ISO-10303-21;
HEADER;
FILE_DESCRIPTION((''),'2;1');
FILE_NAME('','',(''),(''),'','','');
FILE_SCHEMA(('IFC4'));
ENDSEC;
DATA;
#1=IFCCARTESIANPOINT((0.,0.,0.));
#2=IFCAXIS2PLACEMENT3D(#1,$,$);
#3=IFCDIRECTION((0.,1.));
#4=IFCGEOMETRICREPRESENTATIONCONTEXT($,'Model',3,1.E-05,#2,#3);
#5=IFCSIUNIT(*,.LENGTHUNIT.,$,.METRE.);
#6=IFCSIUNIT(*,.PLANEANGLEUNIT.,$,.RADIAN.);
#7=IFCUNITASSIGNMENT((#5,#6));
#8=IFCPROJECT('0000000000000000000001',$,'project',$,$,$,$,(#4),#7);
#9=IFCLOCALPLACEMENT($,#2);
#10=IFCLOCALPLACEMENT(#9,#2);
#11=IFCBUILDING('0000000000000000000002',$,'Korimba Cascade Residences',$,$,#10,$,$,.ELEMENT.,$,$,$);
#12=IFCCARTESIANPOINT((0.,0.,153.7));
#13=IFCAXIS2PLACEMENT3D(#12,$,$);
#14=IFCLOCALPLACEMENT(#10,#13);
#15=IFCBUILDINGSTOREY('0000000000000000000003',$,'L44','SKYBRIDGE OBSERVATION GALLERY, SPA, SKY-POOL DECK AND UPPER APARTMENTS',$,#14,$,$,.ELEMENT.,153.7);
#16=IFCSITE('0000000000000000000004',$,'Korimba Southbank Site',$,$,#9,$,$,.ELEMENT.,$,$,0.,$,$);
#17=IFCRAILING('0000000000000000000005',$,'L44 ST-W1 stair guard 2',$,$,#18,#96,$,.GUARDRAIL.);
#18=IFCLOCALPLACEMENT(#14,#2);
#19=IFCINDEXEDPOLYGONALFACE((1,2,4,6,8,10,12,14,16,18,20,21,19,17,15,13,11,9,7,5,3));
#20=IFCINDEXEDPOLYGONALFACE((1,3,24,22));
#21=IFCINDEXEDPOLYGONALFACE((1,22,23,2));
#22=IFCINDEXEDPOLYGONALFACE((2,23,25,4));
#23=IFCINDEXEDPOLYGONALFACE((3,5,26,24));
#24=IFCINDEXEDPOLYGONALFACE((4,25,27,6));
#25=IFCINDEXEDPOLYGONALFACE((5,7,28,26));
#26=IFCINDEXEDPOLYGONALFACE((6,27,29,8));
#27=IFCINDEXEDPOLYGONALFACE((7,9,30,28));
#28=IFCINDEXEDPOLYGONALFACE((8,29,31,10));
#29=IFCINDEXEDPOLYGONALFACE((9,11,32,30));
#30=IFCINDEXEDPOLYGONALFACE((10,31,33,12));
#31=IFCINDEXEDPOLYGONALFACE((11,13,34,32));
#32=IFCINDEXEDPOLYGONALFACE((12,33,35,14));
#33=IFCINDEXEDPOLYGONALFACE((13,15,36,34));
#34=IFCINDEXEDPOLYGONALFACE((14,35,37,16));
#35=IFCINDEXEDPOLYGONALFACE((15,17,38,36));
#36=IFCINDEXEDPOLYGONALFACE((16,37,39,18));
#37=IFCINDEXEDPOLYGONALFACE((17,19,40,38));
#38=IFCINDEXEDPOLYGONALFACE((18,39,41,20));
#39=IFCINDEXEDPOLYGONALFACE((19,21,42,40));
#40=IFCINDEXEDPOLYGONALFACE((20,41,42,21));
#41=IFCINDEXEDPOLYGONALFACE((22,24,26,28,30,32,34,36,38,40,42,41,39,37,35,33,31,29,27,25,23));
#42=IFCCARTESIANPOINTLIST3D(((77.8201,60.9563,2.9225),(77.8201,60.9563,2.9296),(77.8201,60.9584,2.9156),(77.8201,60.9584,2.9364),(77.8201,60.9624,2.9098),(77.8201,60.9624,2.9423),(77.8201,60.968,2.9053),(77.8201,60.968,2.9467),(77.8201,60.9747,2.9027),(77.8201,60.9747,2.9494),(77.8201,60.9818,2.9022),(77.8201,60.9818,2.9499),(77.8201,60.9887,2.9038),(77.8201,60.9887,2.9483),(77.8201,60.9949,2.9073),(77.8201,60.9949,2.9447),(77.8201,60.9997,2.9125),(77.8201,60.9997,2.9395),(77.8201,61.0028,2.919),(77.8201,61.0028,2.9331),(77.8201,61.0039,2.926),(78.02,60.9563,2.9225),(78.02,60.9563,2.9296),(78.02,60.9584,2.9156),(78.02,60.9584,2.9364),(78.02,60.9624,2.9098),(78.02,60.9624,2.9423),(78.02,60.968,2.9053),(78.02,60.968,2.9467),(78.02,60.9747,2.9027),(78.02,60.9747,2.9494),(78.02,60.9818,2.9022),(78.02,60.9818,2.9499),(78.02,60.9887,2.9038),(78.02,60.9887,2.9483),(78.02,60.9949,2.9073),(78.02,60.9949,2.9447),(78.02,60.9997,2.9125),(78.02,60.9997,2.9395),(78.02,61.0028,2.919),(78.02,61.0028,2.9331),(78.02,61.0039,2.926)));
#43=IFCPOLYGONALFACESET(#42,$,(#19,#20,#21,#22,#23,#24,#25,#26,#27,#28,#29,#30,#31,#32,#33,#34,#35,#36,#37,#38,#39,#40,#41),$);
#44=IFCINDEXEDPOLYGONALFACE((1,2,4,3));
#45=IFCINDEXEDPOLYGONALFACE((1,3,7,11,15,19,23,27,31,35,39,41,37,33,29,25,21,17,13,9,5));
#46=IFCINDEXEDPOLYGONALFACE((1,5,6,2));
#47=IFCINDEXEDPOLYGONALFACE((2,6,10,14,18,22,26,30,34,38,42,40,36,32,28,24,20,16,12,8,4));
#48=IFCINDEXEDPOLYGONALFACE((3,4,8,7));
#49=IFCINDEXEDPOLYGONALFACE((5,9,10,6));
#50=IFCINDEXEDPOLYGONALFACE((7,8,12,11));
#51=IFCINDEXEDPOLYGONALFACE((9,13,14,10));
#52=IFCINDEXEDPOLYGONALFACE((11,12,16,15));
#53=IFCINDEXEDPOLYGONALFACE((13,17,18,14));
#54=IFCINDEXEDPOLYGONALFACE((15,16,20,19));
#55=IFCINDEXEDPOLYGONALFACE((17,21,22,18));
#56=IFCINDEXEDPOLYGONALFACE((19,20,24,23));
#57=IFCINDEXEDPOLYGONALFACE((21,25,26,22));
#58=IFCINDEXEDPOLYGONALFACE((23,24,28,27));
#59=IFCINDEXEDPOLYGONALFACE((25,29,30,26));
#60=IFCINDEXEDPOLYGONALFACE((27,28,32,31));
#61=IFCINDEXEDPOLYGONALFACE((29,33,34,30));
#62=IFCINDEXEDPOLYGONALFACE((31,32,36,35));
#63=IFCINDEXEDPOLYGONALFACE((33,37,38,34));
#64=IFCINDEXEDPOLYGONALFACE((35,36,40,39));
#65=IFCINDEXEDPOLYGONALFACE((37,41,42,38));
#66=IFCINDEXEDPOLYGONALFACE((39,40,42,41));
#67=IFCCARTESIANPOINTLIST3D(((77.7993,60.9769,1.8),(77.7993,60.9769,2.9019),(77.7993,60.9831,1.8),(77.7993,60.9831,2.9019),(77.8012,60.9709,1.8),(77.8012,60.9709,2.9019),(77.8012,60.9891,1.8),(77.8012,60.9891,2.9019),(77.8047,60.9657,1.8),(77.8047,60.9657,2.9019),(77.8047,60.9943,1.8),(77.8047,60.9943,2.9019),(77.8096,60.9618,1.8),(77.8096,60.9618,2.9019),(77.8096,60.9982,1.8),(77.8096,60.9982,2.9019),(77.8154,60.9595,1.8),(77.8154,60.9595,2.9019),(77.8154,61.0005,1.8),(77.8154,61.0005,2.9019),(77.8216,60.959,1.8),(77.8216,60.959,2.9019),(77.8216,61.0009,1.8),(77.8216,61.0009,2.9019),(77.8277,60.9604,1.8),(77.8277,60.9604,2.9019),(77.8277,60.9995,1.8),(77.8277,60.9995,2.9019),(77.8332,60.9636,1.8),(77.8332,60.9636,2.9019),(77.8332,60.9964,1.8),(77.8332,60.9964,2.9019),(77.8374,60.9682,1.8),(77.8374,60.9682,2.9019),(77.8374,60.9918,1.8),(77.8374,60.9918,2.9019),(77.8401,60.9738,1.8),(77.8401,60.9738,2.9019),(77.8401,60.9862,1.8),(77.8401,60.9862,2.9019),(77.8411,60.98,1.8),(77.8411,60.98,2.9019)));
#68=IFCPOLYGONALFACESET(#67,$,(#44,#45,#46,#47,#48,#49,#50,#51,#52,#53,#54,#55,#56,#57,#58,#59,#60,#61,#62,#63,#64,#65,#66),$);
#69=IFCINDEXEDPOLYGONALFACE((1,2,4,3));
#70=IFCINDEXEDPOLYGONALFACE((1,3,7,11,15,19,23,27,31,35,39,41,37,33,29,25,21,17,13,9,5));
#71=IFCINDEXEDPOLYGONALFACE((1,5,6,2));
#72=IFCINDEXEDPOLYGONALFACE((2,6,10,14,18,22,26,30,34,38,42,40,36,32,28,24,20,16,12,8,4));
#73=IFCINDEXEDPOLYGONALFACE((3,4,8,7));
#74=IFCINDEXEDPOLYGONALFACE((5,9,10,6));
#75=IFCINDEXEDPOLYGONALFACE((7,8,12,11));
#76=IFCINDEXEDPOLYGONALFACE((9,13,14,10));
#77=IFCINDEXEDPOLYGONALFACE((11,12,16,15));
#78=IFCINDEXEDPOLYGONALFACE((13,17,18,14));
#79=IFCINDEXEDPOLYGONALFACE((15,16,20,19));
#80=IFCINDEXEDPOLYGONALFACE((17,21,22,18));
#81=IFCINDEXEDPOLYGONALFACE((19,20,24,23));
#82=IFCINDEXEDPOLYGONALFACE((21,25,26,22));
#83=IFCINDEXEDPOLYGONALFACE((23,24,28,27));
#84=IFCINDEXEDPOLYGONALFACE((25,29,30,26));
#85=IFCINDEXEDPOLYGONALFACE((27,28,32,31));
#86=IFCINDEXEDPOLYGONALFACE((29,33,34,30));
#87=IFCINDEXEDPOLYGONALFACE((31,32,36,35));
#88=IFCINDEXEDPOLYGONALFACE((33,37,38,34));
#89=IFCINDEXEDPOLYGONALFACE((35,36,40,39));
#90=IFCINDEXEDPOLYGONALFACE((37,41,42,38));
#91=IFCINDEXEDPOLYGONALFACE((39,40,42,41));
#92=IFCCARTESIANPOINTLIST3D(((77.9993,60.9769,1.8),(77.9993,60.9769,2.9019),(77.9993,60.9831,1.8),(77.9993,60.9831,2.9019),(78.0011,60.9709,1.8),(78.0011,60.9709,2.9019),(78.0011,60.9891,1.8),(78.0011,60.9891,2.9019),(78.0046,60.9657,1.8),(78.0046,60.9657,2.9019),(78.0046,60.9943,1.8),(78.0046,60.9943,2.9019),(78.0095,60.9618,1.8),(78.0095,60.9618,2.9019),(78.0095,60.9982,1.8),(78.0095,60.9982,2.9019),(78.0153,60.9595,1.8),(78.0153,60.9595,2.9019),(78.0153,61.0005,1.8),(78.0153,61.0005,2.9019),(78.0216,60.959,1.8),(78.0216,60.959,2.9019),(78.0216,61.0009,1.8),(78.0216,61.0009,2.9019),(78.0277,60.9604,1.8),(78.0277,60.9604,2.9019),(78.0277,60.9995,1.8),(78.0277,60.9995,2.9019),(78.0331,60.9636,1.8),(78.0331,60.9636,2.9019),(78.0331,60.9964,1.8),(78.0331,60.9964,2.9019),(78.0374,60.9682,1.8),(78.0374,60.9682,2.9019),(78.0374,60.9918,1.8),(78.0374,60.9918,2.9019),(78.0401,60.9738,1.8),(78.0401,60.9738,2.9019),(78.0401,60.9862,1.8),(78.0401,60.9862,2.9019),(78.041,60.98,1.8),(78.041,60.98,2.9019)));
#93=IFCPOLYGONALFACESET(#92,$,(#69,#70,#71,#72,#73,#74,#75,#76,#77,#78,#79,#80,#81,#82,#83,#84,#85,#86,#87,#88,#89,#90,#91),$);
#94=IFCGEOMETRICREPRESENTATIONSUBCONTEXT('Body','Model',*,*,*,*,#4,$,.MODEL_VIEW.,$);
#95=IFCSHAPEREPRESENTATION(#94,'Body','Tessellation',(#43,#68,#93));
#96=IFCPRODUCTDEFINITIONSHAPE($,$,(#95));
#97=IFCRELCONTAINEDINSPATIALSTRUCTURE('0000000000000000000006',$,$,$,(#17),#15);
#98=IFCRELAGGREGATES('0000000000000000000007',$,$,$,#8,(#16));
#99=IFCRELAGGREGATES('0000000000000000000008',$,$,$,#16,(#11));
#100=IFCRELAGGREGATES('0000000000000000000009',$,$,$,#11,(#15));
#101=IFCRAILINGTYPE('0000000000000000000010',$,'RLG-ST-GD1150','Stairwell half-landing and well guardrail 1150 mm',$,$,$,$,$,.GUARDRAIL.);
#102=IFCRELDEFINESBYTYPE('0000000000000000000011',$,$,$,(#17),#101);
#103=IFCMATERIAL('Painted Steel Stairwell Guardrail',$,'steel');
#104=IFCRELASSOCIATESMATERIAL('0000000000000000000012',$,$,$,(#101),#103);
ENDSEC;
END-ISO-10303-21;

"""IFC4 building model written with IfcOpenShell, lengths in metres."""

from ifc_helpers import new_model, si_unit, direction, frame, origin, origin_2d, place, context, subcontext, project, spatial, circle, extrude, material, type_object, element, save


model = new_model("IFC4")

# Units and contexts
model_context = context("Model", 3, precision=1e-05, world=origin(), true_north=direction((0.0, 1.0)))
body_context = subcontext(model_context, "Body", "Model", "MODEL_VIEW")
ifc_project = project(units=[si_unit("LENGTHUNIT", "METRE"), si_unit("PLANEANGLEUNIT", "RADIAN")], contexts=[model_context])

# Site, building, storey
site_placement = place(None, origin())
site = spatial("IfcSite", under=ifc_project, at=site_placement, Name="Korimba Southbank Site", CompositionType="ELEMENT", RefElevation=0.0)
building_placement = place(site_placement, origin())
building = spatial("IfcBuilding", under=site, at=building_placement, Name="Korimba Cascade Residences", CompositionType="ELEMENT")
storey_placement = place(building_placement, frame((0.0, 0.0, 153.7)))
storey = spatial("IfcBuildingStorey", under=building, at=storey_placement, Name="L44", Description="SKYBRIDGE OBSERVATION GALLERY, SPA, SKY-POOL DECK AND UPPER APARTMENTS", CompositionType="ELEMENT", Elevation=153.7)

# Railing
ifc_material_1 = material(Name="Painted Steel Stairwell Guardrail", Category="steel")
railing_type_1 = type_object("IfcRailingType", Name="RLG-ST-GD1150", Description="Stairwell half-landing and well guardrail 1150 mm", PredefinedType="GUARDRAIL", material=ifc_material_1)
railing_1_placement = place(storey_placement, frame((77.8201, 60.98, 1.8)))
element("IfcRailing", 1, at=railing_1_placement, inside=storey, type_object=railing_type_1, Name="L44 ST-W1 stair guard 2", PredefinedType="GUARDRAIL", context=body_context, shape_type="SweptSolid", body=[
    extrude(circle(Radius=0.0239, at=origin_2d()), frame((0.0, 0.0, 1.126), z_axis=(1.0, 0.0, 0.0), x_axis=(0.0, 1.0, 0.0)), (0.0, 0.0, 1.0), 0.2),
    extrude(circle(Radius=0.021, at=origin_2d()), origin(), (0.0, 0.0, 1.0), 1.1018),
    extrude(circle(Radius=0.021, at=origin_2d()), frame((0.2, 0.0, 0.0)), (0.0, 0.0, 1.0), 1.1018),
])

save(model, "model.ifc")
